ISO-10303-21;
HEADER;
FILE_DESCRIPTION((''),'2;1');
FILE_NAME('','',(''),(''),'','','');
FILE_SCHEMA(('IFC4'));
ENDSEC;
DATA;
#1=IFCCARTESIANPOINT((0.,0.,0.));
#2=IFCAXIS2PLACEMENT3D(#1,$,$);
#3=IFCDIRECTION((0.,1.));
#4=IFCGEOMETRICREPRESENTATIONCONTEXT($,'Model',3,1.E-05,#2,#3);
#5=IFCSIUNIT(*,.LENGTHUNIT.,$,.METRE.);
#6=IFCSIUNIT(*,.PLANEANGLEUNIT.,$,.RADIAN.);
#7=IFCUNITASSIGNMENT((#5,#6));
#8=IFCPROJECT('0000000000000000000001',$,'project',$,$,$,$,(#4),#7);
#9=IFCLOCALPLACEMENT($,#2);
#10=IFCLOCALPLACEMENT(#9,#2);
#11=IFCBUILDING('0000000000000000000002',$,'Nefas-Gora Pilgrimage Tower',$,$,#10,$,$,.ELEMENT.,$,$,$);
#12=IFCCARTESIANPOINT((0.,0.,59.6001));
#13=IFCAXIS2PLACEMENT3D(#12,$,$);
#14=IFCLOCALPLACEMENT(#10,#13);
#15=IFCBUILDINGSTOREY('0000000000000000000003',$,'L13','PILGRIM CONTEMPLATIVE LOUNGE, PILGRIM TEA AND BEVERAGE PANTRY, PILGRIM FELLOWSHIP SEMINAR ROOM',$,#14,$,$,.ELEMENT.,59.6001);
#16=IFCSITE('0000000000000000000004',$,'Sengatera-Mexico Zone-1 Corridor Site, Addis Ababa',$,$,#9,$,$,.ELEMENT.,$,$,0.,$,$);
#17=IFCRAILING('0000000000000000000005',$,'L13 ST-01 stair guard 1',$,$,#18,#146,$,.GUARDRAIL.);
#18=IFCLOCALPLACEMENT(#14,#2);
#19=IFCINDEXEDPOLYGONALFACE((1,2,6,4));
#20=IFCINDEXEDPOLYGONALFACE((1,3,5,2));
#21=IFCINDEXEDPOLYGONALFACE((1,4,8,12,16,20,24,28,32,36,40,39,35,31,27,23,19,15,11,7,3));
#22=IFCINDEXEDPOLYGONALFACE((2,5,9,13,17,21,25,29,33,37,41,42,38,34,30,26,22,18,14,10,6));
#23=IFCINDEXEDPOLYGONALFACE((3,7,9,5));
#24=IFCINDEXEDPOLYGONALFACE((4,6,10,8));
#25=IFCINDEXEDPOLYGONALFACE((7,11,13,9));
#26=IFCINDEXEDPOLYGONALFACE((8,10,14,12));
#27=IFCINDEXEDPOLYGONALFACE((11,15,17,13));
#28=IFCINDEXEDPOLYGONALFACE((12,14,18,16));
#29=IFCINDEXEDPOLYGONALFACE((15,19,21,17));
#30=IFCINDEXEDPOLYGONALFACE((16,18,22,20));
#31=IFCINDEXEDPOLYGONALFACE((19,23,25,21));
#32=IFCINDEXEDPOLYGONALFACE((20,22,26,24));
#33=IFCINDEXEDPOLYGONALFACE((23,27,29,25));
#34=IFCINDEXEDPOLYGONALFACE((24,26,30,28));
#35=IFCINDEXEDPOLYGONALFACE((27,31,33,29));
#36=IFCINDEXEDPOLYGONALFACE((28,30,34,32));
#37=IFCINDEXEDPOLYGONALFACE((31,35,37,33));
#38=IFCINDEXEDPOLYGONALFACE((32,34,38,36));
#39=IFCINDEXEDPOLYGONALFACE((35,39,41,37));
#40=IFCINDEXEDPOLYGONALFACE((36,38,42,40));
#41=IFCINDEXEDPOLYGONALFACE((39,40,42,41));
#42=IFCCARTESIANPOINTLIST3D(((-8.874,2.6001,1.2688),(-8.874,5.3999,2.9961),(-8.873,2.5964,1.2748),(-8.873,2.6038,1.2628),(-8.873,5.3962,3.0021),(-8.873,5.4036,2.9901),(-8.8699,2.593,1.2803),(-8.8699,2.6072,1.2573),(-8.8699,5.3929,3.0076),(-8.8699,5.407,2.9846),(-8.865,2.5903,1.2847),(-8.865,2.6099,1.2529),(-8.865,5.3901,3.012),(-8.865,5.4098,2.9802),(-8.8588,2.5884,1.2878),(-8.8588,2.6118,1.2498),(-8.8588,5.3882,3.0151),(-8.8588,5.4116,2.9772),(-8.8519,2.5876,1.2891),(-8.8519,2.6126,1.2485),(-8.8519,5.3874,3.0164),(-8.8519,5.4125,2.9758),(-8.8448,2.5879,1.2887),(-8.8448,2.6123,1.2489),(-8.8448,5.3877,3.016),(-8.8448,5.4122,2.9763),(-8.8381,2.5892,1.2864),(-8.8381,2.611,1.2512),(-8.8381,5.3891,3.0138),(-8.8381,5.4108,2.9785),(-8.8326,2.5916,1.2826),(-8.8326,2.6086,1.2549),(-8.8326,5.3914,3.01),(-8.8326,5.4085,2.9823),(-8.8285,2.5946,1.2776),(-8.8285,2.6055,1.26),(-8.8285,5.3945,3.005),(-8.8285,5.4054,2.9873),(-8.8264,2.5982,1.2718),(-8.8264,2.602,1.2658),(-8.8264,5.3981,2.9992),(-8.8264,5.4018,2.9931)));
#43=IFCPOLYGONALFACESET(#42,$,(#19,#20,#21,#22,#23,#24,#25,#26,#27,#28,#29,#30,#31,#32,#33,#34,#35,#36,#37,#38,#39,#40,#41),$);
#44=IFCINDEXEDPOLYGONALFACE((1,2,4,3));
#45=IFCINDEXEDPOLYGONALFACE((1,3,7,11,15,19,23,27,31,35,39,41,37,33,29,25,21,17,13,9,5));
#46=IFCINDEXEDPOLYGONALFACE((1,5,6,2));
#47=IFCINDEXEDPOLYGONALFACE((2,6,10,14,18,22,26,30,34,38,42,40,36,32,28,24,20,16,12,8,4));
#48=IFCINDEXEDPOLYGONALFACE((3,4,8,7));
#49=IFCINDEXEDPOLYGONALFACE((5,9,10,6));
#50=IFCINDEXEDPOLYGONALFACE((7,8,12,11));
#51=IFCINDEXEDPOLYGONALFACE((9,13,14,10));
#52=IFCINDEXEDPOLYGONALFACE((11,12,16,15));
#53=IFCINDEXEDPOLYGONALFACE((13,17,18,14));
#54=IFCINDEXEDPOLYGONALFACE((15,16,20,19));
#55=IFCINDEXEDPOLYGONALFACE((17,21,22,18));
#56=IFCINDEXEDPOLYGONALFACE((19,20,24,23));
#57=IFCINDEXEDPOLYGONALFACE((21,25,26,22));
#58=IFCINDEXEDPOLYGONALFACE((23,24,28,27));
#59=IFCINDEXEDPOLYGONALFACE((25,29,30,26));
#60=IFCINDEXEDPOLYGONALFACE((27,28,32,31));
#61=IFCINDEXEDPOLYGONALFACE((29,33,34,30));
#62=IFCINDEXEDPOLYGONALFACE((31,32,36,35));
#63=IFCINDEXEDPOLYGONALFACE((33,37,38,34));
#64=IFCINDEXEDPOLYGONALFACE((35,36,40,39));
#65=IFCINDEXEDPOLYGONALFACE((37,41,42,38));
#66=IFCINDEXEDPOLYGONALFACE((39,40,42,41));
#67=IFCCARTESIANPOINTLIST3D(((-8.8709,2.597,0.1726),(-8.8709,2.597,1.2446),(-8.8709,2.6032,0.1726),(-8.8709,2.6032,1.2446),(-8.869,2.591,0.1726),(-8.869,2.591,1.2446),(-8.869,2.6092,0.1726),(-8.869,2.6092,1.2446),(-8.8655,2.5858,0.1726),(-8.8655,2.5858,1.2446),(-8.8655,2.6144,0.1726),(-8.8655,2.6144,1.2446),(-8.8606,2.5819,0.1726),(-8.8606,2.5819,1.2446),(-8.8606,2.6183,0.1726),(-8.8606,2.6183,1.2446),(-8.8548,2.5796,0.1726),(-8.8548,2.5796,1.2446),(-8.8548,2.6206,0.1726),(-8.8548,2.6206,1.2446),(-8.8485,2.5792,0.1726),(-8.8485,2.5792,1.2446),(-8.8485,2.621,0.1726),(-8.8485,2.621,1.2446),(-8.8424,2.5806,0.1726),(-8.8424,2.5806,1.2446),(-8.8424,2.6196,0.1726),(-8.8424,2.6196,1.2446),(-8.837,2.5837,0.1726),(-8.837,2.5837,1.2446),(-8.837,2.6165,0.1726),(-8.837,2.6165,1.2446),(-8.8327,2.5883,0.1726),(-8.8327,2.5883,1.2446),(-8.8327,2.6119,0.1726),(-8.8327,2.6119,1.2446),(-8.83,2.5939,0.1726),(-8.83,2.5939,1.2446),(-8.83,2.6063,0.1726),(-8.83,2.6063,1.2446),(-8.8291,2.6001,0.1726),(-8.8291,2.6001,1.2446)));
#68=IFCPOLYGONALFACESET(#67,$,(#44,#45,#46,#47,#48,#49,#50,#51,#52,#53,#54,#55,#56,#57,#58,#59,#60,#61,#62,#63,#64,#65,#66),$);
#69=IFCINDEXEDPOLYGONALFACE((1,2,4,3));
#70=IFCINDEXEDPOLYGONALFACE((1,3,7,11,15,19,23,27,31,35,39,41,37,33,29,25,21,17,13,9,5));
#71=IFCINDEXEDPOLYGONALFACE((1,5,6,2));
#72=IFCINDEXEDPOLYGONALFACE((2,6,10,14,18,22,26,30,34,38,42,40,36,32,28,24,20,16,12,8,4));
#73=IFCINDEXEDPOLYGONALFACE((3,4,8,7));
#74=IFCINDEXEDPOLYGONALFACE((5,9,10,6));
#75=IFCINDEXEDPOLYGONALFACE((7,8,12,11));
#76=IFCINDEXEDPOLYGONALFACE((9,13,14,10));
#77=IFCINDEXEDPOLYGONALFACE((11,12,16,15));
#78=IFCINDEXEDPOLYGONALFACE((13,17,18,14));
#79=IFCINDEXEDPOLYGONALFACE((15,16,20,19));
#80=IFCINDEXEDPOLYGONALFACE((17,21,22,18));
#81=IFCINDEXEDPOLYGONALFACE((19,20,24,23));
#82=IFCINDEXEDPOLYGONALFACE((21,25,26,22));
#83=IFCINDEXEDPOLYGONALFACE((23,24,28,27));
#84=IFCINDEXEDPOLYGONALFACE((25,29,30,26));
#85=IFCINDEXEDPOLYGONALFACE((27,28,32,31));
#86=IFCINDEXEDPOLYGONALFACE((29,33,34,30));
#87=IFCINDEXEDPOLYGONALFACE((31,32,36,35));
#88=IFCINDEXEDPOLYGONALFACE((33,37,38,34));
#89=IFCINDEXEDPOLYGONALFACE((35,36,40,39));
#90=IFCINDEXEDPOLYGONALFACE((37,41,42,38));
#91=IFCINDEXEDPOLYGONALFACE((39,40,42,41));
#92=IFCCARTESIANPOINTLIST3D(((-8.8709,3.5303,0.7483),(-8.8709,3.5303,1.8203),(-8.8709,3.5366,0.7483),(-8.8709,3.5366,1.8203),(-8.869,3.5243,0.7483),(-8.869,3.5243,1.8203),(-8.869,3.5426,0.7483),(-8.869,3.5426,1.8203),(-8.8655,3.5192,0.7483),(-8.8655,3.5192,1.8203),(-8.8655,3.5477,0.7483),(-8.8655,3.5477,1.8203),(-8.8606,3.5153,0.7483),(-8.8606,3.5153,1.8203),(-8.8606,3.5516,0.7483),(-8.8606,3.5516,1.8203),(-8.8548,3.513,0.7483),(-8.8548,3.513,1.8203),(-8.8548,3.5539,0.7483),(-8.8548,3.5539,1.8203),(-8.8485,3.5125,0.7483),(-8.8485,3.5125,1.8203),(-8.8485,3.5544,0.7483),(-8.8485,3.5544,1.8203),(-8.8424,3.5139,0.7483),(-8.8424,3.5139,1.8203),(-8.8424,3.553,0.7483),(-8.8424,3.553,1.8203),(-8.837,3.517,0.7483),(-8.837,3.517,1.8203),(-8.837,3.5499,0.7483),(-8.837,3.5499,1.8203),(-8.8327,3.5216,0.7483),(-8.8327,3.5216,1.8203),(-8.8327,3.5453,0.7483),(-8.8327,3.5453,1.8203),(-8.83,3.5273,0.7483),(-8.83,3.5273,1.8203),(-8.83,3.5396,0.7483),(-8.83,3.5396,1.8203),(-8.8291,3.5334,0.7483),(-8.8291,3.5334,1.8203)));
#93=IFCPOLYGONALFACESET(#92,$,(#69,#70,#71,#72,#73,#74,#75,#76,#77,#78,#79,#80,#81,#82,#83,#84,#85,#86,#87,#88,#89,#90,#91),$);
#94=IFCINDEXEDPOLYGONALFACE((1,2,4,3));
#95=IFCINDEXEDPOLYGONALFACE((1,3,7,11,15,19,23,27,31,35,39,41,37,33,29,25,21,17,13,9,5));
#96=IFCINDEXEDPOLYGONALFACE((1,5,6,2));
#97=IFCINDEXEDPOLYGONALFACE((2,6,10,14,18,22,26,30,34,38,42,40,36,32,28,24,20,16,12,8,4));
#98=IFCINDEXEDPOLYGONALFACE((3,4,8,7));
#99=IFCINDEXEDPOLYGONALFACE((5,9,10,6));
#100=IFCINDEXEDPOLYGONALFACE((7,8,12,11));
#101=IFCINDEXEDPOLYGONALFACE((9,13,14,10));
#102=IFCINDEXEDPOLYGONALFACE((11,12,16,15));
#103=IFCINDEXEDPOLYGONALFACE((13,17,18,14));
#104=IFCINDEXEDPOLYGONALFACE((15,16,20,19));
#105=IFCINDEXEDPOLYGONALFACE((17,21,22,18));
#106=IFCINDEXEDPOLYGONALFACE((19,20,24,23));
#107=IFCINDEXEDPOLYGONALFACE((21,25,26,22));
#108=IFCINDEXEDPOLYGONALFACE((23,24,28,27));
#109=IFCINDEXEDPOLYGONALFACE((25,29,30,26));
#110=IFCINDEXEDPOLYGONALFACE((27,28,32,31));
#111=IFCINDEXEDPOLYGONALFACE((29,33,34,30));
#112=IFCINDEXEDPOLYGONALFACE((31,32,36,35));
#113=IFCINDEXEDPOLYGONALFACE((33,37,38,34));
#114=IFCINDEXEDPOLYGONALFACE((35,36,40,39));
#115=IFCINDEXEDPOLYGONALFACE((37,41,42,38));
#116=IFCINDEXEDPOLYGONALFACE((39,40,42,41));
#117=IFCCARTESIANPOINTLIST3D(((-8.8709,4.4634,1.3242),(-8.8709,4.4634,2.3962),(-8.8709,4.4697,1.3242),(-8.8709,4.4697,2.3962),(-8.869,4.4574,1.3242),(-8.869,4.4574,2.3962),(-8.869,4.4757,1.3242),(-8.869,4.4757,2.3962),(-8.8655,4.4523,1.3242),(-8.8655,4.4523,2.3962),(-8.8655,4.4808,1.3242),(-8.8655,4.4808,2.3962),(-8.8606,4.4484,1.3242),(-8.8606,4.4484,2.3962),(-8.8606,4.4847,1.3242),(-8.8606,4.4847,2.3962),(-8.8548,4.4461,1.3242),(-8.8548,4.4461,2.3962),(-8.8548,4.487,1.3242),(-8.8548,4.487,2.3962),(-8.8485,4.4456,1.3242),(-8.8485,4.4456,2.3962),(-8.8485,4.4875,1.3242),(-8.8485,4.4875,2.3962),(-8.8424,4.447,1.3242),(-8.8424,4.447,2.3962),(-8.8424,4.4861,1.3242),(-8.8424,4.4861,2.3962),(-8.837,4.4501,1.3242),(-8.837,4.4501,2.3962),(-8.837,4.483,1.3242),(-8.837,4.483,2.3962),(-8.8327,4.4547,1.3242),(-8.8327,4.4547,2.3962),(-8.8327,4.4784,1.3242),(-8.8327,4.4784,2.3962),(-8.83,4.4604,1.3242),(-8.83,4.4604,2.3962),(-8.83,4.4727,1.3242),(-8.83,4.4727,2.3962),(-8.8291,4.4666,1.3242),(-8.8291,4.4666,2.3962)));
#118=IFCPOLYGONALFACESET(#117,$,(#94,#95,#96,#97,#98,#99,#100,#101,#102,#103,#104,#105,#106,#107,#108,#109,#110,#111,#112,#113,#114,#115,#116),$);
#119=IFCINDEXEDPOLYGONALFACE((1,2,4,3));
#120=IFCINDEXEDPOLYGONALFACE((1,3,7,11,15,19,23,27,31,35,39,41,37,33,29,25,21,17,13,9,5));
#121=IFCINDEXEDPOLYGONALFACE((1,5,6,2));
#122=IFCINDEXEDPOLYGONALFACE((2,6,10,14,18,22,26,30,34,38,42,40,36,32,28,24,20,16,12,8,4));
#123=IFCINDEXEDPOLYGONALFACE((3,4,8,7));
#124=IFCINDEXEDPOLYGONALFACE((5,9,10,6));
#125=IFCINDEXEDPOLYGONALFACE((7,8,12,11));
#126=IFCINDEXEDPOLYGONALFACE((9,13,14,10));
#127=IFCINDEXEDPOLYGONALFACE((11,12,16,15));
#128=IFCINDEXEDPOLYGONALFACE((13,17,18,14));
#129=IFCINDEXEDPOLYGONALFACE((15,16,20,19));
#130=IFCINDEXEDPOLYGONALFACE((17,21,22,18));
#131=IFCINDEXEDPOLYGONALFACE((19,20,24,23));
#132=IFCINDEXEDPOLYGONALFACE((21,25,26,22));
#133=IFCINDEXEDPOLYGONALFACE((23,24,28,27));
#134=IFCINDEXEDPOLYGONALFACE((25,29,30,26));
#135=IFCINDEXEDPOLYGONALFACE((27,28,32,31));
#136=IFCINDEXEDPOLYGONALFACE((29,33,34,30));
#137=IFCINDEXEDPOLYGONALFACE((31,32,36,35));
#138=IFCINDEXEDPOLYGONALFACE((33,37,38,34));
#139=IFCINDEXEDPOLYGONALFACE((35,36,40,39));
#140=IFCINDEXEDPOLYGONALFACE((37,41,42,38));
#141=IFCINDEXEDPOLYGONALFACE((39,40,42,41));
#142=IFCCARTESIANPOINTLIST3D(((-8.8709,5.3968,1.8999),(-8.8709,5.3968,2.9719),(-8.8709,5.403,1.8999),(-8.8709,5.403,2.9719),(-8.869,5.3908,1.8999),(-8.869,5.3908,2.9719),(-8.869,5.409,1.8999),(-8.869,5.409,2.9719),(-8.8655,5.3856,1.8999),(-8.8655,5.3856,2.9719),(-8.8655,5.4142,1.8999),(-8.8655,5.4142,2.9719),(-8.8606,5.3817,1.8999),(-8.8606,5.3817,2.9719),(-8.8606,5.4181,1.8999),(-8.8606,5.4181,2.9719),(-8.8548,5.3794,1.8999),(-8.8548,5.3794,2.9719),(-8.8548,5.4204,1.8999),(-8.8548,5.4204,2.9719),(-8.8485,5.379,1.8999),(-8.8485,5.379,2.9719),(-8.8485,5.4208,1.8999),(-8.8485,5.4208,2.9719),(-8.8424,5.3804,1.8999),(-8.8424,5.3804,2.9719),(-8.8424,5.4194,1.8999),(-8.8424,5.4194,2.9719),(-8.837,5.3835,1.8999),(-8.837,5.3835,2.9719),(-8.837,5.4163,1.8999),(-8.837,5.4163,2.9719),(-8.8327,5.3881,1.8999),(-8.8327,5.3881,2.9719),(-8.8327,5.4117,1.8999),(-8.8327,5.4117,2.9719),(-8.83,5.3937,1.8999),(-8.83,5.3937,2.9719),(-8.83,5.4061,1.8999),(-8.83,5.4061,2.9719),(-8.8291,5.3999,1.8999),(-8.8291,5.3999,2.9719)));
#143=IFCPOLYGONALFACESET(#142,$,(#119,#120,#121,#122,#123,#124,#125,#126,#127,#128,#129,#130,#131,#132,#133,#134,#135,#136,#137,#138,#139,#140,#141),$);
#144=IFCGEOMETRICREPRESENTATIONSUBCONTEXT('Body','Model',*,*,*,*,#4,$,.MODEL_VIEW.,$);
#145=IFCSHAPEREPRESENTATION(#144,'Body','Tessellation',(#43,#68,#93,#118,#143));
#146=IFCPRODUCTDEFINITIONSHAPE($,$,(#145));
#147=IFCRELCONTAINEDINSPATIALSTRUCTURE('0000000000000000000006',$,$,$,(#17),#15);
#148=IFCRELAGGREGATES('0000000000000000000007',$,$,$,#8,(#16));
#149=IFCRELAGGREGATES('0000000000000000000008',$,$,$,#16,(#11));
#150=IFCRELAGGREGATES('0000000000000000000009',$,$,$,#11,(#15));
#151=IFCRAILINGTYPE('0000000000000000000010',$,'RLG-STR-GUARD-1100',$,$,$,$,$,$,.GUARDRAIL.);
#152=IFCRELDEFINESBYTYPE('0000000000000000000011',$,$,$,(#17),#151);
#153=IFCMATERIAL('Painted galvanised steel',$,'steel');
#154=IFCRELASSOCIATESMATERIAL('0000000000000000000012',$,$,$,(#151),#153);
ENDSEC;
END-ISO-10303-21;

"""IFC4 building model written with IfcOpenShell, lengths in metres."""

from ifc_helpers import new_model, si_unit, direction, frame, origin, origin_2d, place, context, subcontext, project, spatial, circle, extrude, material, type_object, element, save


model = new_model("IFC4")

# Units and contexts
model_context = context("Model", 3, precision=1e-05, world=origin(), true_north=direction((0.0, 1.0)))
body_context = subcontext(model_context, "Body", "Model", "MODEL_VIEW")
ifc_project = project(units=[si_unit("LENGTHUNIT", "METRE"), si_unit("PLANEANGLEUNIT", "RADIAN")], contexts=[model_context])

# Site, building, storey
site_placement = place(None, origin())
site = spatial("IfcSite", under=ifc_project, at=site_placement, Name="Sengatera-Mexico Zone-1 Corridor Site, Addis Ababa", CompositionType="ELEMENT", RefElevation=0.0)
building_placement = place(site_placement, origin())
building = spatial("IfcBuilding", under=site, at=building_placement, Name="Nefas-Gora Pilgrimage Tower", CompositionType="ELEMENT")
storey_placement = place(building_placement, frame((0.0, 0.0, 59.6001)))
storey = spatial("IfcBuildingStorey", under=building, at=storey_placement, Name="L13", Description="PILGRIM CONTEMPLATIVE LOUNGE, PILGRIM TEA AND BEVERAGE PANTRY, PILGRIM FELLOWSHIP SEMINAR ROOM", CompositionType="ELEMENT", Elevation=59.6001)

# Railing
ifc_material_1 = material(Name="Painted galvanised steel", Category="steel")
railing_type_1 = type_object("IfcRailingType", Name="RLG-STR-GUARD-1100", PredefinedType="GUARDRAIL", material=ifc_material_1)
railing_1_placement = place(storey_placement, frame((-8.8501, 2.6001, 0.1726)))
element("IfcRailing", 1, at=railing_1_placement, inside=storey, type_object=railing_type_1, Name="L13 ST-01 stair guard 1", PredefinedType="GUARDRAIL", context=body_context, shape_type="SweptSolid", body=[
    extrude(circle(Radius=0.0239, at=origin_2d()), frame((0.0, 0.0, 1.0962), z_axis=(0.0, 0.851069, 0.525054), x_axis=(-1.0, 0.0, 0.0)), (0.0, 0.0, 1.0), 3.2898),
    extrude(circle(Radius=0.021, at=origin_2d()), origin(), (0.0, 0.0, 1.0), 1.072),
    extrude(circle(Radius=0.021, at=origin_2d()), frame((0.0, 0.9333, 0.5757)), (0.0, 0.0, 1.0), 1.072),
    extrude(circle(Radius=0.021, at=origin_2d()), frame((0.0, 1.8665, 1.1516)), (0.0, 0.0, 1.0), 1.072),
    extrude(circle(Radius=0.021, at=origin_2d()), frame((0.0, 2.7998, 1.7273)), (0.0, 0.0, 1.0), 1.072),
])

save(model, "model.ifc")
